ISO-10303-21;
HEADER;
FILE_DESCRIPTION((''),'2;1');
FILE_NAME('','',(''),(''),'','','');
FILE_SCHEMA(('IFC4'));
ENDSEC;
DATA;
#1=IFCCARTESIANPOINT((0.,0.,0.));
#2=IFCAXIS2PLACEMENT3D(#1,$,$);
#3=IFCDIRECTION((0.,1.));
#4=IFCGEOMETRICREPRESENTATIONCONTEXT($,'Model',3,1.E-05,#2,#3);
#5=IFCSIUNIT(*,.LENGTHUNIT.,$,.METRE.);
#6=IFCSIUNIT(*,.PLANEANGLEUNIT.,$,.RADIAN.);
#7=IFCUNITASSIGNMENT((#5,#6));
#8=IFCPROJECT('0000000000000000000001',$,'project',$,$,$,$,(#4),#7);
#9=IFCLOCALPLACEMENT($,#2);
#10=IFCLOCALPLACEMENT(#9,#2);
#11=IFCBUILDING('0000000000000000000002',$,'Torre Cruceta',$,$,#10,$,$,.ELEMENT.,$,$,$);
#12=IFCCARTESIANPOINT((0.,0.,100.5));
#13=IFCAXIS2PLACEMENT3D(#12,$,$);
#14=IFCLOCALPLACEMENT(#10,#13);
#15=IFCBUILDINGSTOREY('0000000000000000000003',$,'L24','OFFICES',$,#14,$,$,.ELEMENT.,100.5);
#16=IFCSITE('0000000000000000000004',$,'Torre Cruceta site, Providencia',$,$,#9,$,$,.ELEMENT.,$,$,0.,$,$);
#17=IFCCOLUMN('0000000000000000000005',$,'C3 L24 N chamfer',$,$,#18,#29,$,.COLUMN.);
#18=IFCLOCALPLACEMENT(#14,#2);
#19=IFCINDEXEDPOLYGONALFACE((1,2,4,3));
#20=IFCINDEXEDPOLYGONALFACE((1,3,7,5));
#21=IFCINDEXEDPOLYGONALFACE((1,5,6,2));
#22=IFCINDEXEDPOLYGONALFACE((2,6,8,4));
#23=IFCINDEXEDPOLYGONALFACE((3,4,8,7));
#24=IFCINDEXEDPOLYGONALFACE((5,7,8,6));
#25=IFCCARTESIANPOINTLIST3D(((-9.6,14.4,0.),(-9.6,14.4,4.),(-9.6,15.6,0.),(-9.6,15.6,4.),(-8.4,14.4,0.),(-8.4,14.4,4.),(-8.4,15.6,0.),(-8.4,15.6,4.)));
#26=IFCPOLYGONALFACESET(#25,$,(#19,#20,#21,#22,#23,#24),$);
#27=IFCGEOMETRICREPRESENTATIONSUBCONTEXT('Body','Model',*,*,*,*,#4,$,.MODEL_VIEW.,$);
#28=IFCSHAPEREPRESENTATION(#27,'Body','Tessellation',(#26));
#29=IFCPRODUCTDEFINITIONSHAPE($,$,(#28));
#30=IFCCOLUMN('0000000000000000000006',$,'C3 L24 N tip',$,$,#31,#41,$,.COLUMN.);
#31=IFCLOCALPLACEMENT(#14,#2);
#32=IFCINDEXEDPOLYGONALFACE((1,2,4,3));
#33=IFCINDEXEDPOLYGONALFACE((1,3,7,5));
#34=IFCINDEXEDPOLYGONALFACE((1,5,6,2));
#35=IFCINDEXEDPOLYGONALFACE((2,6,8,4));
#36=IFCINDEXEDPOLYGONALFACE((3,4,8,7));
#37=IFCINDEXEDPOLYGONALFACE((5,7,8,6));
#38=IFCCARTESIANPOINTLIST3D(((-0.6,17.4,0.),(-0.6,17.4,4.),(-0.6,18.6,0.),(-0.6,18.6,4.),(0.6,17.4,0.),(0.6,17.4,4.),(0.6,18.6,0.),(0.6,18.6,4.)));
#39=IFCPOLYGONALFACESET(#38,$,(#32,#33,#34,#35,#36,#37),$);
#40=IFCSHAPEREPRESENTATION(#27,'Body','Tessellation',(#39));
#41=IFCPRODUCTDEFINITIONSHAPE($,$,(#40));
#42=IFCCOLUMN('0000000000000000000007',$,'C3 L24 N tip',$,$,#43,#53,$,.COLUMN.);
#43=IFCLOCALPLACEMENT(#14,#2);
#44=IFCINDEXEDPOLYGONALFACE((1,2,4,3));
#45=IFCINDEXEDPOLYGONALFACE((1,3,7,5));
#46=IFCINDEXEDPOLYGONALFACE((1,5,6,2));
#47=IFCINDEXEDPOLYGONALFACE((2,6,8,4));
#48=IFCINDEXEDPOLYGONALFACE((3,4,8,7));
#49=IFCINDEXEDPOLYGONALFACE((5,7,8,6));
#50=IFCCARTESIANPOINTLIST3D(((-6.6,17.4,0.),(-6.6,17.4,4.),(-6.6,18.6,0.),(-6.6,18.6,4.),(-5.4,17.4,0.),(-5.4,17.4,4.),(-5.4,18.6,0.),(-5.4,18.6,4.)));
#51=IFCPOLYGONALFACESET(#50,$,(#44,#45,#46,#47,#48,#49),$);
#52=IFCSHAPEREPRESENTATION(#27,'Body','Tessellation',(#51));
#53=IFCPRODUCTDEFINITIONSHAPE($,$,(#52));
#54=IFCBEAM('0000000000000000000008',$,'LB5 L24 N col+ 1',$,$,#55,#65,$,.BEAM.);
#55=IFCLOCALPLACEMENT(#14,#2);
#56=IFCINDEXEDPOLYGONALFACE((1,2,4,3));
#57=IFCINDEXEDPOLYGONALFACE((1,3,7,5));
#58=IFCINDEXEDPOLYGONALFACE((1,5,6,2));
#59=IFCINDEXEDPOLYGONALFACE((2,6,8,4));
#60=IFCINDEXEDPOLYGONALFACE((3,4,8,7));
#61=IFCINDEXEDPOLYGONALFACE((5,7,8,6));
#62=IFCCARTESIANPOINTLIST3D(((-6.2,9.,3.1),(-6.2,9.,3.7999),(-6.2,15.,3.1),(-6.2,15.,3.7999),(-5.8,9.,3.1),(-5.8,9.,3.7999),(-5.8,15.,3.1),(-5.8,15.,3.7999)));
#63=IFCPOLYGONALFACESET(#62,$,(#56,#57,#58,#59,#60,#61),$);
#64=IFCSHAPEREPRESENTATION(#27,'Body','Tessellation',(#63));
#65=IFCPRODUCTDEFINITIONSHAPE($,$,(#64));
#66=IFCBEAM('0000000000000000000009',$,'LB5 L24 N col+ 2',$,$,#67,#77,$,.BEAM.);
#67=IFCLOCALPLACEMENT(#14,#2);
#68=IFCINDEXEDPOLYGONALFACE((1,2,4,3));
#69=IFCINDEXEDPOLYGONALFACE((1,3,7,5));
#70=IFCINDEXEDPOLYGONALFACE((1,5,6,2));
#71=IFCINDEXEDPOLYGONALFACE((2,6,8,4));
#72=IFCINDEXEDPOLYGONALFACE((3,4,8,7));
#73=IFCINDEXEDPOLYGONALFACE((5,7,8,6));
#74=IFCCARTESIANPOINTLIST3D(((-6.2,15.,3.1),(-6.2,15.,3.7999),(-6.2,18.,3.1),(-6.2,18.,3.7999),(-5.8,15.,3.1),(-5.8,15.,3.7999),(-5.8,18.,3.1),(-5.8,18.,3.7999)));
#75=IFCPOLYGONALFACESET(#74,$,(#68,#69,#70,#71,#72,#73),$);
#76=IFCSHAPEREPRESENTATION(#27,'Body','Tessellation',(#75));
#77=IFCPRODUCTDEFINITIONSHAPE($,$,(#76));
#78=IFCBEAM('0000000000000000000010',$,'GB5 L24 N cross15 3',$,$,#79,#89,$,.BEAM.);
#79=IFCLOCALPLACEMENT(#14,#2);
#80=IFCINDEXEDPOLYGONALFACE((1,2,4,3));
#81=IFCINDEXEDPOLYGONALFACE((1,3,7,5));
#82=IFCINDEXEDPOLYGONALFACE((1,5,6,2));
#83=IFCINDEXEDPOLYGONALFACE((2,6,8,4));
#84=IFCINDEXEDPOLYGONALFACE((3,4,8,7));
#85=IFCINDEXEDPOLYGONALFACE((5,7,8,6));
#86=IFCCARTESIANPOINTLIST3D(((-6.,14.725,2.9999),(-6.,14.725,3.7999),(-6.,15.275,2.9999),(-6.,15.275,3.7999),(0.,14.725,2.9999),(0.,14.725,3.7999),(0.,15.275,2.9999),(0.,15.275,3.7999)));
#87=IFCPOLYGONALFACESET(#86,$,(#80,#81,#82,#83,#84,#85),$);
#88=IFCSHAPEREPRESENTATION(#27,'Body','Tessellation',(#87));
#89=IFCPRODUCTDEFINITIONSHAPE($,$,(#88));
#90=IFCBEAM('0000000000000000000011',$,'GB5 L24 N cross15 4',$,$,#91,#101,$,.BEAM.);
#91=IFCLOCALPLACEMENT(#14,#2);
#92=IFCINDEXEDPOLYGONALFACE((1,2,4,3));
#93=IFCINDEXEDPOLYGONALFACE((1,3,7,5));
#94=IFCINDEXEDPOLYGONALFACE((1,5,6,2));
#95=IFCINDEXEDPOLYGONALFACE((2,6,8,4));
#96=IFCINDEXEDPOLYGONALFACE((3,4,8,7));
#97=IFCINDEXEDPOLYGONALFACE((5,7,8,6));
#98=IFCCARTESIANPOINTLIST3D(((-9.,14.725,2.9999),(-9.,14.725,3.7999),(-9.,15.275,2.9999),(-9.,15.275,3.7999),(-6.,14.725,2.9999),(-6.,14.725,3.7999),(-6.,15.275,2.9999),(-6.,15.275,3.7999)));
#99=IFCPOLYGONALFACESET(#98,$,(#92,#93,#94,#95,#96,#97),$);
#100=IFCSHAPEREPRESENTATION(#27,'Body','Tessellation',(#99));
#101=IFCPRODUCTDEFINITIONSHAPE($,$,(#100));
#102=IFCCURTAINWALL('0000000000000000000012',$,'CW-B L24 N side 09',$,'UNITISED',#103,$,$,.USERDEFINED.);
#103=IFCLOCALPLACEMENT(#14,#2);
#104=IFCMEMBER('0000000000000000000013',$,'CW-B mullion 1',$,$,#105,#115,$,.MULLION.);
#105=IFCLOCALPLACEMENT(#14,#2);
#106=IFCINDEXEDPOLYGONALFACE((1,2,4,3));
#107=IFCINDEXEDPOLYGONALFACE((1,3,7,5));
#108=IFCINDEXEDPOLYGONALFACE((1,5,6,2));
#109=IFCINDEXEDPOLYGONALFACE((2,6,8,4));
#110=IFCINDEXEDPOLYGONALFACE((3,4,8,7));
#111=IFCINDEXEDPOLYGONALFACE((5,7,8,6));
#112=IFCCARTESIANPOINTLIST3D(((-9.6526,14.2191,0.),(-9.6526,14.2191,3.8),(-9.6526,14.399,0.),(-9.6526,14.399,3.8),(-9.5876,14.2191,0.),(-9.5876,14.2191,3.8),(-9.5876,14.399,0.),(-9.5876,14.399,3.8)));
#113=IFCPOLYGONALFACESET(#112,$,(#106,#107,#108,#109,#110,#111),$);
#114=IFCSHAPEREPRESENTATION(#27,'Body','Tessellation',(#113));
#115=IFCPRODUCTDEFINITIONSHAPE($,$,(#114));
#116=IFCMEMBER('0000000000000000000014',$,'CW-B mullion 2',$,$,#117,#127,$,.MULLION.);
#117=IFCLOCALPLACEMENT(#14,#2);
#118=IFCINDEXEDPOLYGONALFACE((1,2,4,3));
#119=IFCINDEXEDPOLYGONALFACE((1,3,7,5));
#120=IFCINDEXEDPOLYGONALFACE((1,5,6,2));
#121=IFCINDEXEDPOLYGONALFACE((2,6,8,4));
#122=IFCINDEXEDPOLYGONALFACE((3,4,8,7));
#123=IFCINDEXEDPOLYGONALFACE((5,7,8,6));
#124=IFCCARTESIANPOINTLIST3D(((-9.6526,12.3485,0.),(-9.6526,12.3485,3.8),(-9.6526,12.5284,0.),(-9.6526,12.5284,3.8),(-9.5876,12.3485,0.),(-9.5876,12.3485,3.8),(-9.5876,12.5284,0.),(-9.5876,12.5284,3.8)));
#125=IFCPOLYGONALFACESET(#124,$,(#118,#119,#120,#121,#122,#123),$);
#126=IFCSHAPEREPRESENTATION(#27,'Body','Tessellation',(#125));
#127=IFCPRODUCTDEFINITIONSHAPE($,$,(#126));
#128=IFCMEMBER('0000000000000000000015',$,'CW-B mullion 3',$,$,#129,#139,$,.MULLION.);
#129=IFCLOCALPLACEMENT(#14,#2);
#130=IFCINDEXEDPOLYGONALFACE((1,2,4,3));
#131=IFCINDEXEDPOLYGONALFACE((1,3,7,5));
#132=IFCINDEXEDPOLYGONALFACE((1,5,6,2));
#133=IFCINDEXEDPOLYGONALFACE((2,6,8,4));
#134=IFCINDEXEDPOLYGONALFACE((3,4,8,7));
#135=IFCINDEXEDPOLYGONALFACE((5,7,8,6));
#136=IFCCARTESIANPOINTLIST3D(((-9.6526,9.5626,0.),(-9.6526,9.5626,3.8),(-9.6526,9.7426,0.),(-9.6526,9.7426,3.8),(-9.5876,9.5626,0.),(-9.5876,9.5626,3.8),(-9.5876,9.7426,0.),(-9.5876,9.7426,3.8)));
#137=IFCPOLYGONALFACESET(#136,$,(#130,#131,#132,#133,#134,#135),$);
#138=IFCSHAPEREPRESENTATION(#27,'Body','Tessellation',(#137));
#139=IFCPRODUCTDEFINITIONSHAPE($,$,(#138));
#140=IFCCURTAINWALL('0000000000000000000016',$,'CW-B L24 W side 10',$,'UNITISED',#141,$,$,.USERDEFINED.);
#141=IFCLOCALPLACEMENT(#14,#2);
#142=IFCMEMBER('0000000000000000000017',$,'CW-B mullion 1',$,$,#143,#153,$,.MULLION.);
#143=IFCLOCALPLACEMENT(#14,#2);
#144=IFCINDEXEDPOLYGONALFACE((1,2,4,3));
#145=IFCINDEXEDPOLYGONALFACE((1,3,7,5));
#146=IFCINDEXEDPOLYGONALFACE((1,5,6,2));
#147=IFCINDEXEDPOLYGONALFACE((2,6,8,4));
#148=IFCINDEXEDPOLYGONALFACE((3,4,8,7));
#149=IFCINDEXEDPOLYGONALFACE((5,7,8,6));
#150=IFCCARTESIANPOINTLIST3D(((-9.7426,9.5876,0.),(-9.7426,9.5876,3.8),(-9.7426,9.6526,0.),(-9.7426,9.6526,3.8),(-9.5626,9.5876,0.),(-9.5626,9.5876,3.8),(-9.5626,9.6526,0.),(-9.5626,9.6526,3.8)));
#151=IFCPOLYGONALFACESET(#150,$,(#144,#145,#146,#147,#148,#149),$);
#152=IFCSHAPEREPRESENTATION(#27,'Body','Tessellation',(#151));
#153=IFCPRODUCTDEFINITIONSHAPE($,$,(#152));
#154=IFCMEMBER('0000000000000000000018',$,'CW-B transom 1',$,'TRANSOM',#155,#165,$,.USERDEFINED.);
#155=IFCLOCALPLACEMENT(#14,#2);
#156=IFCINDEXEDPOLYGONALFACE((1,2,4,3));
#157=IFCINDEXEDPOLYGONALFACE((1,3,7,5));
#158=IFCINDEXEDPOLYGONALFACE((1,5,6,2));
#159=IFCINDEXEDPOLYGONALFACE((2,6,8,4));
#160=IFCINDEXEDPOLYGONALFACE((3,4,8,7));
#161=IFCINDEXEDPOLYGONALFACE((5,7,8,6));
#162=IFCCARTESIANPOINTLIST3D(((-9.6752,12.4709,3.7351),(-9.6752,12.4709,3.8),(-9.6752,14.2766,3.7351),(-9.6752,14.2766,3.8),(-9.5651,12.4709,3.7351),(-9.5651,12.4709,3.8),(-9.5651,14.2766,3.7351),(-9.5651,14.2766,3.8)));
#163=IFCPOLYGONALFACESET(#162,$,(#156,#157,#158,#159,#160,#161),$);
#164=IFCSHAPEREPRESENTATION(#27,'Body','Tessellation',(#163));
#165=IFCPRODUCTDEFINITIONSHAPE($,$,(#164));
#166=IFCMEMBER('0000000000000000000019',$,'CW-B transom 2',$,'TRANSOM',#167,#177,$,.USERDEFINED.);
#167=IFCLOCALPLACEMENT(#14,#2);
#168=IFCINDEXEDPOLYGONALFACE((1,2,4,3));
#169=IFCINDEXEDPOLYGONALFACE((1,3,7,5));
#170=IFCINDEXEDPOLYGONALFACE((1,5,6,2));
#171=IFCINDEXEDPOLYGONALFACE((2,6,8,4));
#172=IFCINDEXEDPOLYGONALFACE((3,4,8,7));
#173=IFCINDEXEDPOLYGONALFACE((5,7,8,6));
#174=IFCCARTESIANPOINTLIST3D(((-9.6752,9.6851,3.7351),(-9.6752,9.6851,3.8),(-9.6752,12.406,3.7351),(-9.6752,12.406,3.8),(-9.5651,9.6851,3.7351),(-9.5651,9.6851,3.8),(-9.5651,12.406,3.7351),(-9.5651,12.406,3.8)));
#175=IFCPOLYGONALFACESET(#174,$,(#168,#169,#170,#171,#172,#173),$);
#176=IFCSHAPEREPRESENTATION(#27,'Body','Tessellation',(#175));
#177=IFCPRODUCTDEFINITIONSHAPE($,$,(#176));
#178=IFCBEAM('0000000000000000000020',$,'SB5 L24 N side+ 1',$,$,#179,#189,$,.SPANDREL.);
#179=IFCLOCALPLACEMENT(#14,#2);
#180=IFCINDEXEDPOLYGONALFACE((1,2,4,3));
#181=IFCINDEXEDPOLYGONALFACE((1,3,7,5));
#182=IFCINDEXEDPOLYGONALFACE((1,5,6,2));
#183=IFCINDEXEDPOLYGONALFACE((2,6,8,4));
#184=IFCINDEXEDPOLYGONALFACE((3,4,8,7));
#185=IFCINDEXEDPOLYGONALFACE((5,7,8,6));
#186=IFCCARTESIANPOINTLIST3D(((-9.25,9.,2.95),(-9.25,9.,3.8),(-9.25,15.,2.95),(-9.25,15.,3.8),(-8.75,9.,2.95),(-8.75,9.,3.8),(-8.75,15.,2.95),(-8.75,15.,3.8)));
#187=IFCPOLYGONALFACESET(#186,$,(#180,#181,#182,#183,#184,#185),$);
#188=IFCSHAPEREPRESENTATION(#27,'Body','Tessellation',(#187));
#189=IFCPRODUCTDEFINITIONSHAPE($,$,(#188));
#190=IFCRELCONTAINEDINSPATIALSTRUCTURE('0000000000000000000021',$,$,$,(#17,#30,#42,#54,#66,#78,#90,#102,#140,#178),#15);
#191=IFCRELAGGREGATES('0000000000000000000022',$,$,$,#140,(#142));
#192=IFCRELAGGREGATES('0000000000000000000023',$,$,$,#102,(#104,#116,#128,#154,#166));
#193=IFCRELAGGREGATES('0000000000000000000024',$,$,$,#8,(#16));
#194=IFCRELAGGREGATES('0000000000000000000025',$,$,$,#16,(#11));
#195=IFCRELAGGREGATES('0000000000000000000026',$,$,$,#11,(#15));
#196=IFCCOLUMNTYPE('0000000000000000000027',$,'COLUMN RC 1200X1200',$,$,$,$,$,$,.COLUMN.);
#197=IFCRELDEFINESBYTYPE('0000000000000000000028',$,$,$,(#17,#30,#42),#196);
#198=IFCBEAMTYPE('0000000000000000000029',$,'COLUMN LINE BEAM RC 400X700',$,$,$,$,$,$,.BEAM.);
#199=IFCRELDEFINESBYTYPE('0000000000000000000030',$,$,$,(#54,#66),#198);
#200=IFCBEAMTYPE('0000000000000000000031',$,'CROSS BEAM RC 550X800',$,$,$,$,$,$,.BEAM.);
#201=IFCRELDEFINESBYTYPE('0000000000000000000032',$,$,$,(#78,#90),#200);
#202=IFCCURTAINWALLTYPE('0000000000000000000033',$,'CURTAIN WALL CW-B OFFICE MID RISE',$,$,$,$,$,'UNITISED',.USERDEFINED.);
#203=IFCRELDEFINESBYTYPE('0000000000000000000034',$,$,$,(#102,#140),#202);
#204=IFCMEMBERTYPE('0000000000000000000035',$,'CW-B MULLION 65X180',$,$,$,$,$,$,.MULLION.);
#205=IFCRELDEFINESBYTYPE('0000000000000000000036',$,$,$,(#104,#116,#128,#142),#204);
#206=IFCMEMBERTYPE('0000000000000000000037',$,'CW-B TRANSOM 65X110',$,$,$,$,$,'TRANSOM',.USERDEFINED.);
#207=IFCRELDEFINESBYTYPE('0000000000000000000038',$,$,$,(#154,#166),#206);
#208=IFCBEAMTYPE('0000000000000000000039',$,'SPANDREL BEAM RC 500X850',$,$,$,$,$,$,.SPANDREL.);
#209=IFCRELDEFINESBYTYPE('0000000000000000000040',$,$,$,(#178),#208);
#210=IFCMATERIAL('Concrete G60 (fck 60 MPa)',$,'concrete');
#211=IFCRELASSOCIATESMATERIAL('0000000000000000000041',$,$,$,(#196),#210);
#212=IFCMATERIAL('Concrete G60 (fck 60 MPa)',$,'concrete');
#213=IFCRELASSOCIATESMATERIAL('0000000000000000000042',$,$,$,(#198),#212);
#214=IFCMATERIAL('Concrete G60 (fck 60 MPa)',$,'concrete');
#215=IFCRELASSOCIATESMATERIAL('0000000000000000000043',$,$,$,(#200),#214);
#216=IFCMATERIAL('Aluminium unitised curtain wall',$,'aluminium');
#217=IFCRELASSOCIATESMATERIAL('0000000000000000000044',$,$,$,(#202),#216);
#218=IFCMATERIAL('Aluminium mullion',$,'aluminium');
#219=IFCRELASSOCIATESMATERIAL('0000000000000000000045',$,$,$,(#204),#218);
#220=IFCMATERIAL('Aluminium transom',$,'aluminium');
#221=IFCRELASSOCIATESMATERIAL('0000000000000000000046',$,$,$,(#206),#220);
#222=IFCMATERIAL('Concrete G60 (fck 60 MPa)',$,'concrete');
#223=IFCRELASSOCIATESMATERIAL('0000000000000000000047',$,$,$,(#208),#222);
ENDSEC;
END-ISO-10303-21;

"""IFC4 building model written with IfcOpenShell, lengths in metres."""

from ifc_helpers import new_model, si_unit, direction, frame, origin, origin_2d, place, context, subcontext, project, spatial, rectangle, extrude, material, material_profile, profile_set, type_object, element, aggregate, save


model = new_model("IFC4")

# Units and contexts
model_context = context("Model", 3, precision=1e-05, world=origin(), true_north=direction((0.0, 1.0)))
body_context = subcontext(model_context, "Body", "Model", "MODEL_VIEW")
ifc_project = project(units=[si_unit("LENGTHUNIT", "METRE"), si_unit("PLANEANGLEUNIT", "RADIAN")], contexts=[model_context])

# Site, building, storey
site_placement = place(None, origin())
site = spatial("IfcSite", under=ifc_project, at=site_placement, Name="Torre Cruceta site, Providencia", CompositionType="ELEMENT", RefElevation=0.0)
building_placement = place(site_placement, origin())
building = spatial("IfcBuilding", under=site, at=building_placement, Name="Torre Cruceta", CompositionType="ELEMENT")
storey_placement = place(building_placement, frame((0.0, 0.0, 100.5)))
storey = spatial("IfcBuildingStorey", under=building, at=storey_placement, Name="L24", Description="OFFICES", CompositionType="ELEMENT", Elevation=100.5)

# Columns
ifc_material_1 = material(Name="Concrete G60 (fck 60 MPa)", Category="concrete")
ifc_material_profile_1 = material_profile(ifc_material_1, rectangle(XDim=1.2, YDim=1.2, at=origin_2d()), Name="RC 1200X1200")
ifc_profile_set_1 = profile_set([ifc_material_profile_1], Name="Concrete G60 (fck 60 MPa)")
column_type = type_object("IfcColumnType", Name="COLUMN RC 1200X1200", PredefinedType="COLUMN", material=ifc_profile_set_1)
for number, where, z_axis, x_axis, name in (
    (1, (-9.0, 15.0, 0.0), (0.0, 0.0, 1.0), (1.0, 0.0, 0.0), "C3 L24 N chamfer"),
    (2, (0.0, 18.0, 0.0), (0.0, 0.0, 1.0), (1.0, 0.0, 0.0), "C3 L24 N tip"),
    (3, (-6.0, 18.0, 0.0), (0.0, 0.0, 1.0), (1.0, 0.0, 0.0), "C3 L24 N tip"),
):
    element("IfcColumn", number, at=place(storey_placement, frame(where, z_axis=z_axis, x_axis=x_axis)), inside=storey, type_object=column_type, Name=name, PredefinedType="COLUMN", context=body_context, shape_type="SweptSolid", body=[
        extrude(rectangle(XDim=1.2, YDim=1.2, at=origin_2d()), origin(), (0.0, 0.0, 1.0), 4.0),
    ])

# Beams
ifc_material_2 = material(Name="Concrete G60 (fck 60 MPa)", Category="concrete")
ifc_material_profile_2 = material_profile(ifc_material_2, rectangle(XDim=0.3999, YDim=0.7, at=origin_2d()), Name="RC 400X700")
ifc_profile_set_2 = profile_set([ifc_material_profile_2], Name="Concrete G60 (fck 60 MPa)")
beam_type_1 = type_object("IfcBeamType", Name="COLUMN LINE BEAM RC 400X700", PredefinedType="BEAM", material=ifc_profile_set_2)
beam_1_placement = place(storey_placement, frame((-6.0, 9.0, 3.45), z_axis=(0.0, 1.0, 0.0), x_axis=(-1.0, 0.0, 0.0)))
element("IfcBeam", 4, at=beam_1_placement, inside=storey, type_object=beam_type_1, Name="LB5 L24 N col+ 1", PredefinedType="BEAM", context=body_context, shape_type="SweptSolid", body=[
    extrude(rectangle(XDim=0.3999, YDim=0.7, at=origin_2d()), origin(), (0.0, 0.0, 1.0), 6.0),
])
beam_2_placement = place(storey_placement, frame((-6.0, 15.0, 3.45), z_axis=(0.0, 1.0, 0.0), x_axis=(-1.0, 0.0, 0.0)))
element("IfcBeam", 5, at=beam_2_placement, inside=storey, type_object=beam_type_1, Name="LB5 L24 N col+ 2", PredefinedType="BEAM", context=body_context, shape_type="SweptSolid", body=[
    extrude(rectangle(XDim=0.3999, YDim=0.7, at=origin_2d()), origin(), (0.0, 0.0, 1.0), 3.0),
])
ifc_material_3 = material(Name="Concrete G60 (fck 60 MPa)", Category="concrete")
ifc_material_profile_3 = material_profile(ifc_material_3, rectangle(XDim=0.55, YDim=0.8, at=origin_2d()), Name="RC 550X800")
ifc_profile_set_3 = profile_set([ifc_material_profile_3], Name="Concrete G60 (fck 60 MPa)")
beam_type_2 = type_object("IfcBeamType", Name="CROSS BEAM RC 550X800", PredefinedType="BEAM", material=ifc_profile_set_3)
beam_3_placement = place(storey_placement, frame((0.0, 15.0, 3.3999), z_axis=(-1.0, 0.0, 0.0), x_axis=(0.0, -1.0, 0.0)))
element("IfcBeam", 6, at=beam_3_placement, inside=storey, type_object=beam_type_2, Name="GB5 L24 N cross15 3", PredefinedType="BEAM", context=body_context, shape_type="SweptSolid", body=[
    extrude(rectangle(XDim=0.55, YDim=0.8, at=origin_2d()), origin(), (0.0, 0.0, 1.0), 6.0),
])
beam_4_placement = place(storey_placement, frame((-6.0, 15.0, 3.3999), z_axis=(-1.0, 0.0, 0.0), x_axis=(0.0, -1.0, 0.0)))
element("IfcBeam", 7, at=beam_4_placement, inside=storey, type_object=beam_type_2, Name="GB5 L24 N cross15 4", PredefinedType="BEAM", context=body_context, shape_type="SweptSolid", body=[
    extrude(rectangle(XDim=0.55, YDim=0.8, at=origin_2d()), origin(), (0.0, 0.0, 1.0), 3.0),
])

# Curtain wall, members
ifc_material_4 = material(Name="Aluminium unitised curtain wall", Category="aluminium")
curtain_wall_type = type_object("IfcCurtainWallType", Name="CURTAIN WALL CW-B OFFICE MID RISE", ElementType="UNITISED", PredefinedType="USERDEFINED", material=ifc_material_4)
curtain_wall_1_placement = place(storey_placement, origin())
curtain_wall_1 = element("IfcCurtainWall", 8, at=curtain_wall_1_placement, inside=storey, type_object=curtain_wall_type, Name="CW-B L24 N side 09", ObjectType="UNITISED", PredefinedType="USERDEFINED")
ifc_material_5 = material(Name="Aluminium mullion", Category="aluminium")
ifc_material_profile_4 = material_profile(ifc_material_5, rectangle(XDim=0.0649, YDim=0.1799, at=origin_2d()), Name="AL 65X180")
ifc_profile_set_4 = profile_set([ifc_material_profile_4], Name="Aluminium mullion")
member_type_1 = type_object("IfcMemberType", Name="CW-B MULLION 65X180", PredefinedType="MULLION", material=ifc_profile_set_4)
member_1_placement = place(storey_placement, frame((-9.6201, 14.3091, 0.0), z_axis=(0.0, 0.0, 1.0), x_axis=(1.0, 0.0, 0.0)))
member_1 = element("IfcMember", 9, at=member_1_placement, type_object=member_type_1, Name="CW-B mullion 1", PredefinedType="MULLION", context=body_context, shape_type="SweptSolid", body=[
    extrude(rectangle(XDim=0.0649, YDim=0.1799, at=origin_2d()), origin(), (0.0, 0.0, 1.0), 3.8),
])
member_2_placement = place(storey_placement, frame((-9.6201, 12.4385, 0.0), z_axis=(0.0, 0.0, 1.0), x_axis=(1.0, 0.0, 0.0)))
member_2 = element("IfcMember", 10, at=member_2_placement, type_object=member_type_1, Name="CW-B mullion 2", PredefinedType="MULLION", context=body_context, shape_type="SweptSolid", body=[
    extrude(rectangle(XDim=0.0649, YDim=0.1799, at=origin_2d()), origin(), (0.0, 0.0, 1.0), 3.8),
])
member_3_placement = place(storey_placement, frame((-9.6201, 9.6526, 0.0), z_axis=(0.0, 0.0, 1.0), x_axis=(1.0, 0.0, 0.0)))
member_3 = element("IfcMember", 11, at=member_3_placement, type_object=member_type_1, Name="CW-B mullion 3", PredefinedType="MULLION", context=body_context, shape_type="SweptSolid", body=[
    extrude(rectangle(XDim=0.0649, YDim=0.1799, at=origin_2d()), origin(), (0.0, 0.0, 1.0), 3.8),
])

# Curtain wall, member
curtain_wall_2_placement = place(storey_placement, origin())
curtain_wall_2 = element("IfcCurtainWall", 12, at=curtain_wall_2_placement, inside=storey, type_object=curtain_wall_type, Name="CW-B L24 W side 10", ObjectType="UNITISED", PredefinedType="USERDEFINED")
member_4_placement = place(storey_placement, frame((-9.6526, 9.6201, 0.0), z_axis=(0.0, 0.0, 1.0), x_axis=(0.0, -1.0, 0.0)))
member_4 = element("IfcMember", 13, at=member_4_placement, type_object=member_type_1, Name="CW-B mullion 1", PredefinedType="MULLION", context=body_context, shape_type="SweptSolid", body=[
    extrude(rectangle(XDim=0.0649, YDim=0.1799, at=origin_2d()), origin(), (0.0, 0.0, 1.0), 3.8),
])
aggregate(curtain_wall_2, [member_4])

# Members
ifc_material_6 = material(Name="Aluminium transom", Category="aluminium")
ifc_material_profile_5 = material_profile(ifc_material_6, rectangle(XDim=0.1101, YDim=0.0649, at=origin_2d()), Name="AL 110X65")
ifc_profile_set_5 = profile_set([ifc_material_profile_5], Name="Aluminium transom")
member_type_2 = type_object("IfcMemberType", Name="CW-B TRANSOM 65X110", ElementType="TRANSOM", PredefinedType="USERDEFINED", material=ifc_profile_set_5)
member_5_placement = place(storey_placement, frame((-9.6201, 14.2766, 3.7676), z_axis=(0.0, -1.0, 0.0), x_axis=(1.0, 0.0, 0.0)))
member_5 = element("IfcMember", 14, at=member_5_placement, type_object=member_type_2, Name="CW-B transom 1", ObjectType="TRANSOM", PredefinedType="USERDEFINED", context=body_context, shape_type="SweptSolid", body=[
    extrude(rectangle(XDim=0.1101, YDim=0.0649, at=origin_2d()), origin(), (0.0, 0.0, 1.0), 1.8057),
])
member_6_placement = place(storey_placement, frame((-9.6201, 12.406, 3.7676), z_axis=(0.0, -1.0, 0.0), x_axis=(1.0, 0.0, 0.0)))
member_6 = element("IfcMember", 15, at=member_6_placement, type_object=member_type_2, Name="CW-B transom 2", ObjectType="TRANSOM", PredefinedType="USERDEFINED", context=body_context, shape_type="SweptSolid", body=[
    extrude(rectangle(XDim=0.1101, YDim=0.0649, at=origin_2d()), origin(), (0.0, 0.0, 1.0), 2.7209),
])

# Beam
ifc_material_7 = material(Name="Concrete G60 (fck 60 MPa)", Category="concrete")
ifc_material_profile_6 = material_profile(ifc_material_7, rectangle(XDim=0.5, YDim=0.8501, at=origin_2d()), Name="RC 500X850")
ifc_profile_set_6 = profile_set([ifc_material_profile_6], Name="Concrete G60 (fck 60 MPa)")
beam_type_3 = type_object("IfcBeamType", Name="SPANDREL BEAM RC 500X850", PredefinedType="SPANDREL", material=ifc_profile_set_6)
beam_5_placement = place(storey_placement, frame((-9.0, 9.0, 3.375), z_axis=(0.0, 1.0, 0.0), x_axis=(-1.0, 0.0, 0.0)))
element("IfcBeam", 16, at=beam_5_placement, inside=storey, type_object=beam_type_3, Name="SB5 L24 N side+ 1", PredefinedType="SPANDREL", context=body_context, shape_type="SweptSolid", body=[
    extrude(rectangle(XDim=0.5, YDim=0.8501, at=origin_2d()), origin(), (0.0, 0.0, 1.0), 6.0),
])

aggregate(curtain_wall_1, [member_1, member_2, member_3, member_5, member_6])

save(model, "model.ifc")
